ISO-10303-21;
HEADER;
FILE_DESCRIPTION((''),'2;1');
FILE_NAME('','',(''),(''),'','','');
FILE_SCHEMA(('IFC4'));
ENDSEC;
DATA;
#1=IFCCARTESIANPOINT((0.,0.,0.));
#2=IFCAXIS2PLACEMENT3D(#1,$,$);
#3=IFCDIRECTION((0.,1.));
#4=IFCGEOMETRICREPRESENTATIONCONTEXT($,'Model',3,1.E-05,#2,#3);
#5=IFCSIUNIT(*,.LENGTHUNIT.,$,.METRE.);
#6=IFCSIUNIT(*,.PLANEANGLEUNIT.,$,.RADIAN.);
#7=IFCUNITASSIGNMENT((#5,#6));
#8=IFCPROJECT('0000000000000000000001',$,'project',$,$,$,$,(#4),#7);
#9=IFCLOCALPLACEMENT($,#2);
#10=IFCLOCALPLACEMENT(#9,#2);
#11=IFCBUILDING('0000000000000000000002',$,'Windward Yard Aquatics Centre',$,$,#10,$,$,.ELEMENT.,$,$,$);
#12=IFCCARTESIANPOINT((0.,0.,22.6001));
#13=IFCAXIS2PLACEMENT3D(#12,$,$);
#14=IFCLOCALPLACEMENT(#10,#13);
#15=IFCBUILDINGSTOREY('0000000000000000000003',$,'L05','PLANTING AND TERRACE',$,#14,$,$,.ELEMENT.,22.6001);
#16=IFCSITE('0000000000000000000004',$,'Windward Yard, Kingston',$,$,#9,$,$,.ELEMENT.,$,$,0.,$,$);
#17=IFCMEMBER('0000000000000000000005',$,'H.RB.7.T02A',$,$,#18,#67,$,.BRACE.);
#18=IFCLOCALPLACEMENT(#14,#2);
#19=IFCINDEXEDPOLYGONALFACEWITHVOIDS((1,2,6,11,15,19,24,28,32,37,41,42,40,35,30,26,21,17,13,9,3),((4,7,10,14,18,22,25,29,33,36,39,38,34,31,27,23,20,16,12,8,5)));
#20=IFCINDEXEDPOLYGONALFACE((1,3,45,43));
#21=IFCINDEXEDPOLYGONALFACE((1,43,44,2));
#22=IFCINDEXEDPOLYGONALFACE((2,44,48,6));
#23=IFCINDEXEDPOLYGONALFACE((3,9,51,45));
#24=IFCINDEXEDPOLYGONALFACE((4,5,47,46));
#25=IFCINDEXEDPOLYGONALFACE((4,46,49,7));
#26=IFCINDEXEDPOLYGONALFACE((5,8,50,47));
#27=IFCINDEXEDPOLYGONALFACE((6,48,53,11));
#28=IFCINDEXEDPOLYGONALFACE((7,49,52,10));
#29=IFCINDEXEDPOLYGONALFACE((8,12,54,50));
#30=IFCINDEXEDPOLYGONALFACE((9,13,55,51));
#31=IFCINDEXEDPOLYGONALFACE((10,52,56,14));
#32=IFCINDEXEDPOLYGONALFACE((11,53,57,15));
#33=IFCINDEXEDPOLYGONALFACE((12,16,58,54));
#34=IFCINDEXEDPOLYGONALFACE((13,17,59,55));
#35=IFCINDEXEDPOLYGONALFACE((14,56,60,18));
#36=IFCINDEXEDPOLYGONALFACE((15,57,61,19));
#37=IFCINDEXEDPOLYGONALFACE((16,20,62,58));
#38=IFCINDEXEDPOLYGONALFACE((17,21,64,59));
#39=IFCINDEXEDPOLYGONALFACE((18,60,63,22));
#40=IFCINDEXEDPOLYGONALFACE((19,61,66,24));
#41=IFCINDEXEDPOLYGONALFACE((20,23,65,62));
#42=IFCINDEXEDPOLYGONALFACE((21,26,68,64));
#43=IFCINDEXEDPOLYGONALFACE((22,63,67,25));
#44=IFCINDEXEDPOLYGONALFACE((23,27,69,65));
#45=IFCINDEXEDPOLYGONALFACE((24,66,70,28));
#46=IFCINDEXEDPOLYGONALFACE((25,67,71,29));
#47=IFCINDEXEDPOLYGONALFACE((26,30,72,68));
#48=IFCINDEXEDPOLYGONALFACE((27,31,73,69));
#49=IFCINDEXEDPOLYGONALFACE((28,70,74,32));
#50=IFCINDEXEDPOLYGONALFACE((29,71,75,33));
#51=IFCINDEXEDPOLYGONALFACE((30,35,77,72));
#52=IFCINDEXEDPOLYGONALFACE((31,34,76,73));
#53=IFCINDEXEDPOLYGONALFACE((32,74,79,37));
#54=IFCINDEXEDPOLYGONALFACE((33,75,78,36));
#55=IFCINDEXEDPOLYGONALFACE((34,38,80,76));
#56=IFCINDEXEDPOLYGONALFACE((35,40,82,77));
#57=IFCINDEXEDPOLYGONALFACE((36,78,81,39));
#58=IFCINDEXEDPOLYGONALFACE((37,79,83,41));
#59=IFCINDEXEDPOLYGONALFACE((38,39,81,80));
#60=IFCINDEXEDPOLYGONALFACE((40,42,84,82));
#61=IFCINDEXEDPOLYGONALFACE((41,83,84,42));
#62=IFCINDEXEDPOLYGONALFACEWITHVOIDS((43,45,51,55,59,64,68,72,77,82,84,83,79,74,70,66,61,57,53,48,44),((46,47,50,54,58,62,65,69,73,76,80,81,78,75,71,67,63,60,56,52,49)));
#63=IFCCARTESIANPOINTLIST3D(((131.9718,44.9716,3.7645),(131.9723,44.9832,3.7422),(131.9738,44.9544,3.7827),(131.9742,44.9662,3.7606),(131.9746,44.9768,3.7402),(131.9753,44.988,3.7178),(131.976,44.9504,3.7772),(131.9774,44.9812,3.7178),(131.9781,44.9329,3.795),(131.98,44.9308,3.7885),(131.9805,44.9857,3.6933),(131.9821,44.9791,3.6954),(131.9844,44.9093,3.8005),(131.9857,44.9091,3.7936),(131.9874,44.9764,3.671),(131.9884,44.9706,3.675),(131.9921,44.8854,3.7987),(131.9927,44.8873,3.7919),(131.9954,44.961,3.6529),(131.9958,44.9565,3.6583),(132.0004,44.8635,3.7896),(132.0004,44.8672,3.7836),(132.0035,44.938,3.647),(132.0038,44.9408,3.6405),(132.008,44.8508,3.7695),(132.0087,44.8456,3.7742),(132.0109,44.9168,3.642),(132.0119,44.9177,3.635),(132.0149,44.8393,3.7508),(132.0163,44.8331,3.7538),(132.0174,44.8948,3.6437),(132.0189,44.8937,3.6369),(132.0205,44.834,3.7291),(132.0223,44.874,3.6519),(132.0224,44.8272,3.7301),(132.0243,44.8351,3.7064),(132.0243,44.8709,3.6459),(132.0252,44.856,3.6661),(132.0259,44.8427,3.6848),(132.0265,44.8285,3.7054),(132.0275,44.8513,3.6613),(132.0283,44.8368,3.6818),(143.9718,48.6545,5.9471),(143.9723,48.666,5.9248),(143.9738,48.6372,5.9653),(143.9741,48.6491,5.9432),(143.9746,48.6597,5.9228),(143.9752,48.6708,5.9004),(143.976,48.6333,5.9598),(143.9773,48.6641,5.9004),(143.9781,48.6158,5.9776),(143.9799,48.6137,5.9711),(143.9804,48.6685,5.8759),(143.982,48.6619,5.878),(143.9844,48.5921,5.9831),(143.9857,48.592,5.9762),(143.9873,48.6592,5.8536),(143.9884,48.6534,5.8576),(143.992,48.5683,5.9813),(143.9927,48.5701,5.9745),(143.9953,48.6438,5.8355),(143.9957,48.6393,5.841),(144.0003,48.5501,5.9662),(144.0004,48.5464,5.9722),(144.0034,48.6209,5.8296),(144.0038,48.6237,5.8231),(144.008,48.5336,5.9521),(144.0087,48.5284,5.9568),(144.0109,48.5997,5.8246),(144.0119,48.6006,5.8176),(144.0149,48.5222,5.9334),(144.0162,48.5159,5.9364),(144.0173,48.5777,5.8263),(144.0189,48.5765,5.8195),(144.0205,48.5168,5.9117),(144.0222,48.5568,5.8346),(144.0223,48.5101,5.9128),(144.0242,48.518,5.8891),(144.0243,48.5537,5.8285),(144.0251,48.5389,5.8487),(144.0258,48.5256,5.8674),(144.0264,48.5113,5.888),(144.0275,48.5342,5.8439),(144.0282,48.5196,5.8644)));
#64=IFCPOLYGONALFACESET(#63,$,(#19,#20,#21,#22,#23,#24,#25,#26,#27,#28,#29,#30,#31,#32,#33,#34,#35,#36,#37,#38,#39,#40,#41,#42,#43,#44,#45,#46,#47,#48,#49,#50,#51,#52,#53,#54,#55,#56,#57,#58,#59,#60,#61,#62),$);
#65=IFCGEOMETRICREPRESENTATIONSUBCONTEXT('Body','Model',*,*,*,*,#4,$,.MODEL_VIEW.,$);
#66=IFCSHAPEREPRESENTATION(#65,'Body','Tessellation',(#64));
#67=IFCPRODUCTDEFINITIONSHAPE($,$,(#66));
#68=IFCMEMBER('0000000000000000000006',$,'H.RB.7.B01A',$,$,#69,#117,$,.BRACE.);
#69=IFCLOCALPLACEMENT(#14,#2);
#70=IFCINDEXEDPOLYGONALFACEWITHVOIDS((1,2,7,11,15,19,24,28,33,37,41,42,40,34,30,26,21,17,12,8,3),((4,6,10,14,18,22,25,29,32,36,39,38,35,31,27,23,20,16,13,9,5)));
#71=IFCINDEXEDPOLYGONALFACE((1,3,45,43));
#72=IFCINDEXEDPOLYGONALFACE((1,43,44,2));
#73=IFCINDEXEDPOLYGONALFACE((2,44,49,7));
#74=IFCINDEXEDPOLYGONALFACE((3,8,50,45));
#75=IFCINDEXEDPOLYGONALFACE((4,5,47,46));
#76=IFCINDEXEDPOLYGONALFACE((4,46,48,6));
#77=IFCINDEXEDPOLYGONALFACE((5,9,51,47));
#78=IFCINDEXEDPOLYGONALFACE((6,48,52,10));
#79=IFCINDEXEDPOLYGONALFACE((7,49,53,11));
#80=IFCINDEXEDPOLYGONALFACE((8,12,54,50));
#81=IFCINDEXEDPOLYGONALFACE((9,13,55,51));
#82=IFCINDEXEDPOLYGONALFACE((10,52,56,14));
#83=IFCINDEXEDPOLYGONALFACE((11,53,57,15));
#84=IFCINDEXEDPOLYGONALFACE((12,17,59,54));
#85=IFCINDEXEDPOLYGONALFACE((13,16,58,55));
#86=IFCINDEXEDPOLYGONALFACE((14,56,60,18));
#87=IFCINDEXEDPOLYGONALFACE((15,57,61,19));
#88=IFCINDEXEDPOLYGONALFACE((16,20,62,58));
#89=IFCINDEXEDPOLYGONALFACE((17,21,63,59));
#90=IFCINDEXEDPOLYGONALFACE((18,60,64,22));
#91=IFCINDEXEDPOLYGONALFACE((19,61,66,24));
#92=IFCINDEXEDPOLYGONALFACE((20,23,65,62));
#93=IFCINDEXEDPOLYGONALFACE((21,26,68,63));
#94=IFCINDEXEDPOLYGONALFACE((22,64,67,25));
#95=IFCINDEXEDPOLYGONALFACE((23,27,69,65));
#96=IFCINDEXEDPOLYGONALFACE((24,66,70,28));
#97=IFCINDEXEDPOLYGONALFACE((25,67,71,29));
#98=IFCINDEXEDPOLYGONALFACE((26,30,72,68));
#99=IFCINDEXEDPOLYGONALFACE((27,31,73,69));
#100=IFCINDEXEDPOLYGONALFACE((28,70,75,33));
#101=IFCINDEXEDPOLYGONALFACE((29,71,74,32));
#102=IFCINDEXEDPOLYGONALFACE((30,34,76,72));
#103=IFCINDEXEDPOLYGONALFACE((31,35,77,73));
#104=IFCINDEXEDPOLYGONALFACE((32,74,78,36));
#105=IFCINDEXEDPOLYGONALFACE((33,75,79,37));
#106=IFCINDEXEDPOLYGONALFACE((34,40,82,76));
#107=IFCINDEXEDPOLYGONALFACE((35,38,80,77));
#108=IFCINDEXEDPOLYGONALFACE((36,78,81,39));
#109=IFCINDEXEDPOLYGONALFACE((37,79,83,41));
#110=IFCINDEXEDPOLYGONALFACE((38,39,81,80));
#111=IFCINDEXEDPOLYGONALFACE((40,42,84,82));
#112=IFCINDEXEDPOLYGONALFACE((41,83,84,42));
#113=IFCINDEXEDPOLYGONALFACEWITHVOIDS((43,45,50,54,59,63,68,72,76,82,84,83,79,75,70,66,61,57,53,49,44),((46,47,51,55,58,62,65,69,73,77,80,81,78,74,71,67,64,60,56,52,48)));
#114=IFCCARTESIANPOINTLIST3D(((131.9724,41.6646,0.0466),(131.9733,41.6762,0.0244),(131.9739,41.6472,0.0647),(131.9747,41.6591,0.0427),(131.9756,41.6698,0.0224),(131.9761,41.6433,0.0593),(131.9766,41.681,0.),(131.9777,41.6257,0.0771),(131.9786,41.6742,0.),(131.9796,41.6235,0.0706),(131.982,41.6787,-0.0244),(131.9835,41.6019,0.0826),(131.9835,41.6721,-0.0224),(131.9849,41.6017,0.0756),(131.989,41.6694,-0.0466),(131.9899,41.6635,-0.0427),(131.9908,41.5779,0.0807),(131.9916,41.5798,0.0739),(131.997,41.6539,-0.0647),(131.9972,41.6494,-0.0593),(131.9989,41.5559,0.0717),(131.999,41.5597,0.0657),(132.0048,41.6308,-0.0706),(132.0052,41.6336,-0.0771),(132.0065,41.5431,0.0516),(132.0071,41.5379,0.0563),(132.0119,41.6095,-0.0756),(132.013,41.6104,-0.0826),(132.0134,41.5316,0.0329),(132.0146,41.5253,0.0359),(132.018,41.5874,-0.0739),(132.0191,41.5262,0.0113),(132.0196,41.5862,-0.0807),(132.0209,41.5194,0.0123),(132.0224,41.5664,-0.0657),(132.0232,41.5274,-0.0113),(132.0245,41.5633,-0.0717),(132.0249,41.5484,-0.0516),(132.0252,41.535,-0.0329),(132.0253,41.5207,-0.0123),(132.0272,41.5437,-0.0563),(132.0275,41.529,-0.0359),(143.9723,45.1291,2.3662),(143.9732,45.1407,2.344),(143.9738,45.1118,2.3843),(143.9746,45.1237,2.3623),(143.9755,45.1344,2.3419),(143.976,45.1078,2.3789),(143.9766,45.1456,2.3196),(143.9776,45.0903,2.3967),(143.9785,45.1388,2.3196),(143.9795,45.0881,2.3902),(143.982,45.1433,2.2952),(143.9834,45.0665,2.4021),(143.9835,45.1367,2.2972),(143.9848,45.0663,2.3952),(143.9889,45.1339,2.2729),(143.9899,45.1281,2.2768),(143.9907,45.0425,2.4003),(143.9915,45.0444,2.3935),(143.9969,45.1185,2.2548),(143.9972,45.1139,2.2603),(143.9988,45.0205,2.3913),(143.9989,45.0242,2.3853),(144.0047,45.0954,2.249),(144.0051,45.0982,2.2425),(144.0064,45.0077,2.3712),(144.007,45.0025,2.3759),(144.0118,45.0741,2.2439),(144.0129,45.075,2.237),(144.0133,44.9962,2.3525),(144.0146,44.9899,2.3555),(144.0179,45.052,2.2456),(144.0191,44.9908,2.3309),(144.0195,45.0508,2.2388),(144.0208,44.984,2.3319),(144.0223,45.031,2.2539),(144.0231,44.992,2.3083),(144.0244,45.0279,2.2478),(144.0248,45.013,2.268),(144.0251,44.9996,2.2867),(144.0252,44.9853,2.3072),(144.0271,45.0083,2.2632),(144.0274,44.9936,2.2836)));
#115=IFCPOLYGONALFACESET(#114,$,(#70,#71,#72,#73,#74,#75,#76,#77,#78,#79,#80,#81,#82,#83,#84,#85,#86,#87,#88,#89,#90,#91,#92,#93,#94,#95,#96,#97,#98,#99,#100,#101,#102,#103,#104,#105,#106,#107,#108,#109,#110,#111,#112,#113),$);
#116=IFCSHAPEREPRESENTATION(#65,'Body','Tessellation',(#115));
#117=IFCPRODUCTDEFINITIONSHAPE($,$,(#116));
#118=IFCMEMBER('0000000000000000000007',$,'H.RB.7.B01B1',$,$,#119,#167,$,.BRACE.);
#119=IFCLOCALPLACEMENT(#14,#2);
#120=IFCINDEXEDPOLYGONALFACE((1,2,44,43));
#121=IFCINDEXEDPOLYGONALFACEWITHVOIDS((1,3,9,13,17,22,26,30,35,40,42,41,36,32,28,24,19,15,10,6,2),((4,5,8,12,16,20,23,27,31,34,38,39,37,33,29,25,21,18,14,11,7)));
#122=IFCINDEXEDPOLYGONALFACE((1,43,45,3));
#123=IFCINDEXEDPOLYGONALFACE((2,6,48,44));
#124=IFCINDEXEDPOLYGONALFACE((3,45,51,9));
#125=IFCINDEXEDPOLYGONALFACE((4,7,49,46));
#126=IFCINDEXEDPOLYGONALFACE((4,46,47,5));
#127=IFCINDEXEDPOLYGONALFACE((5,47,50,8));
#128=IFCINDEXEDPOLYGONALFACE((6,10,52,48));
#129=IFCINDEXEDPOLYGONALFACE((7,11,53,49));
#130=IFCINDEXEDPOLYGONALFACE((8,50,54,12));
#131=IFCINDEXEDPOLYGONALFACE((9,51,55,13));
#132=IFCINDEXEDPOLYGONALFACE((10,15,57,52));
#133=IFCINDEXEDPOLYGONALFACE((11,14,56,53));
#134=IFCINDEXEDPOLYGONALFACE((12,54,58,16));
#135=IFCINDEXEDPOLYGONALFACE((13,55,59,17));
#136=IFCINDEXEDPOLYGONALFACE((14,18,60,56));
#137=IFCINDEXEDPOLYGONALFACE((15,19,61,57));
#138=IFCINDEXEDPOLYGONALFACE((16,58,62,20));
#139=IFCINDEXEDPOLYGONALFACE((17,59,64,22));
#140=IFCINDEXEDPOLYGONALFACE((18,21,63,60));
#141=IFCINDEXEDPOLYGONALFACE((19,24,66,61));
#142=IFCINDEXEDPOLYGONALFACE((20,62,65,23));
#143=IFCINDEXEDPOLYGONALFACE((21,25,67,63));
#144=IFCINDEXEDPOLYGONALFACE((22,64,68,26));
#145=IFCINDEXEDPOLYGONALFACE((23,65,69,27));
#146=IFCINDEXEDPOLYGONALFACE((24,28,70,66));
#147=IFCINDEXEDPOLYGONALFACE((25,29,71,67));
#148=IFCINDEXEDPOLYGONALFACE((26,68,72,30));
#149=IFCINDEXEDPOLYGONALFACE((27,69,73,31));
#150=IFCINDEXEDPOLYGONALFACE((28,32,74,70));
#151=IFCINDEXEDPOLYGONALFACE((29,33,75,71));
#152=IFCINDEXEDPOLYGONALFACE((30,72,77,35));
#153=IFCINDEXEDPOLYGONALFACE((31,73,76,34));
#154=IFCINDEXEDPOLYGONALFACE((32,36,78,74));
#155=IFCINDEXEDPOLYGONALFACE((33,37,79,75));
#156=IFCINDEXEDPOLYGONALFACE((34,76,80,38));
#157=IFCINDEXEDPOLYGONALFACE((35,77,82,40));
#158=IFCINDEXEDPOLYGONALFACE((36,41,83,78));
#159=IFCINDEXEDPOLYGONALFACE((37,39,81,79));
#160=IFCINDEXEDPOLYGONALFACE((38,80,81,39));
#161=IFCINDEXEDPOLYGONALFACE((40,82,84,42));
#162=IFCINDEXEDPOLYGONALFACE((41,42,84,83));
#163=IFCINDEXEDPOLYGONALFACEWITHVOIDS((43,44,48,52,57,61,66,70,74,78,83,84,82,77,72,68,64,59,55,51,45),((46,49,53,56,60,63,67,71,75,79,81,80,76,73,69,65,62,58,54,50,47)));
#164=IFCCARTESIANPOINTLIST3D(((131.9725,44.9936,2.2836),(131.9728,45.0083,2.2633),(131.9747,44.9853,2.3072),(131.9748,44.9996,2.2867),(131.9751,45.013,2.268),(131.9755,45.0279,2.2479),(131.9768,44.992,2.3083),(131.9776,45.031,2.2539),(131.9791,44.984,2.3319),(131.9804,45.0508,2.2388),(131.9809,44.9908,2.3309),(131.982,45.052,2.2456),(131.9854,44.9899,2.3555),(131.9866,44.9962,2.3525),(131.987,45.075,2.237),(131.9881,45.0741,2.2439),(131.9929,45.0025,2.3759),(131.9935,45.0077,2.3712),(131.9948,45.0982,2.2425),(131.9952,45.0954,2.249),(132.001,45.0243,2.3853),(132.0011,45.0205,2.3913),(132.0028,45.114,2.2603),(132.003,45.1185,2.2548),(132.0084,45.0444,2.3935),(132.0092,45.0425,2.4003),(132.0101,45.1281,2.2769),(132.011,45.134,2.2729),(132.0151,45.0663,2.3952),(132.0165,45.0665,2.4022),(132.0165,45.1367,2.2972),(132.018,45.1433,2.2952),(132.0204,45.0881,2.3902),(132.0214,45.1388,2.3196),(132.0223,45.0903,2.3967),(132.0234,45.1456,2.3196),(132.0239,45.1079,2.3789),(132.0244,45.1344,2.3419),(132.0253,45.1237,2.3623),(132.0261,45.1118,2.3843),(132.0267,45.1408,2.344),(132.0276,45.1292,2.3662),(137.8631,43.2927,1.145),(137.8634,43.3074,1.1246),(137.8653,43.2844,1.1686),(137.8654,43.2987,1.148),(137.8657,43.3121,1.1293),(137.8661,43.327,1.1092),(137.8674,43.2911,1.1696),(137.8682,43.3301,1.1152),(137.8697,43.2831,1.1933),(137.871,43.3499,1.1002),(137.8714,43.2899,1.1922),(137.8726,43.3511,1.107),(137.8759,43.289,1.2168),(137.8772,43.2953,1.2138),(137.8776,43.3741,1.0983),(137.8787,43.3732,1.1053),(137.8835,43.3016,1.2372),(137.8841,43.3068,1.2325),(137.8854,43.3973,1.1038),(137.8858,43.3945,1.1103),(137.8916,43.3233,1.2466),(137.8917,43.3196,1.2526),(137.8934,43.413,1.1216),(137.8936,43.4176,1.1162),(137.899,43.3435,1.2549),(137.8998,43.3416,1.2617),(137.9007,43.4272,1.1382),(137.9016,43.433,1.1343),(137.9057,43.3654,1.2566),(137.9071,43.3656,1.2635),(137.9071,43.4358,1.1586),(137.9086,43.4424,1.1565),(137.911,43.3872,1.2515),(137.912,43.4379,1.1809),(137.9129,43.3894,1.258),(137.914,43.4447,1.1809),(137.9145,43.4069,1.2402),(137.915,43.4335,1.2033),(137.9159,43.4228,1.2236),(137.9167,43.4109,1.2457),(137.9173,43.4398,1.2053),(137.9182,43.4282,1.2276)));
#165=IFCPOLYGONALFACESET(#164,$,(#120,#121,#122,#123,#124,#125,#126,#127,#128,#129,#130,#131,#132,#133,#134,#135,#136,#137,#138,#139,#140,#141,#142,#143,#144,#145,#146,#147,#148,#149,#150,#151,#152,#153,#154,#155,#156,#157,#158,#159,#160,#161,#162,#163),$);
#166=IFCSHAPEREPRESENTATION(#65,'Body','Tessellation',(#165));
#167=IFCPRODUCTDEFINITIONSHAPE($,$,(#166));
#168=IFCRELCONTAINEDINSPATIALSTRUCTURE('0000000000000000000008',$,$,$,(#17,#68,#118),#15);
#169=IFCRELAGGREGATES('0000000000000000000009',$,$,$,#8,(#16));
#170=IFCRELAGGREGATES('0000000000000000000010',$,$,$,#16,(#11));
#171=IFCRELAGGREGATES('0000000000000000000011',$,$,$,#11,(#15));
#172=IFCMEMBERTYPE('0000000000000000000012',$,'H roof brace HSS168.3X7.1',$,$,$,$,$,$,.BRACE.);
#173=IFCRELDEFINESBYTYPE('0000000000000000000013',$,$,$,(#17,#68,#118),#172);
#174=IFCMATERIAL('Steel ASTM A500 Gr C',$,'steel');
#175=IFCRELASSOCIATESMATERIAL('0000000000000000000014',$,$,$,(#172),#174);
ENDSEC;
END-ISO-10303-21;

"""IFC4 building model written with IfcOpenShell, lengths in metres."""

from ifc_helpers import new_model, si_unit, direction, frame, origin, origin_2d, place, context, subcontext, project, spatial, hollow_circle, extrude, material, material_profile, profile_set, type_object, element, save


model = new_model("IFC4")

# Units and contexts
model_context = context("Model", 3, precision=1e-05, world=origin(), true_north=direction((0.0, 1.0)))
body_context = subcontext(model_context, "Body", "Model", "MODEL_VIEW")
ifc_project = project(units=[si_unit("LENGTHUNIT", "METRE"), si_unit("PLANEANGLEUNIT", "RADIAN")], contexts=[model_context])

# Site, building, storey
site_placement = place(None, origin())
site = spatial("IfcSite", under=ifc_project, at=site_placement, Name="Windward Yard, Kingston", CompositionType="ELEMENT", RefElevation=0.0)
building_placement = place(site_placement, origin())
building = spatial("IfcBuilding", under=site, at=building_placement, Name="Windward Yard Aquatics Centre", CompositionType="ELEMENT")
storey_placement = place(building_placement, frame((0.0, 0.0, 22.6001)))
storey = spatial("IfcBuildingStorey", under=building, at=storey_placement, Name="L05", Description="PLANTING AND TERRACE", CompositionType="ELEMENT", Elevation=22.6001)

# Shared definitions
ifc_material_1 = material(Name="Steel ASTM A500 Gr C", Category="steel")

# Members
ifc_material_profile_1 = material_profile(ifc_material_1, hollow_circle(Radius=0.0842, WallThickness=0.0071, at=origin_2d()), Name="HSS168.3X7.1")
ifc_profile_set_1 = profile_set([ifc_material_profile_1], Name="Steel ASTM A500 Gr C")
member_type_1 = type_object("IfcMemberType", Name="H roof brace HSS168.3X7.1", PredefinedType="BRACE", material=ifc_profile_set_1)
member_1_placement = place(storey_placement, frame((132.0, 44.9075, 3.7178), z_axis=(0.941858, 0.289061, 0.17131), x_axis=(-0.293398, 0.95599, 0.0)))
element("IfcMember", 1, at=member_1_placement, inside=storey, type_object=member_type_1, Name="H.RB.7.T02A", PredefinedType="BRACE", context=body_context, shape_type="SweptSolid", body=[
    extrude(hollow_circle(Radius=0.0842, WallThickness=0.0071, at=origin_2d()), origin(), (0.0, 0.0, 1.0), 12.7407),
])
member_2_placement = place(storey_placement, frame((132.0, 41.6001, 0.0), z_axis=(0.944607, 0.272724, 0.182591), x_axis=(-0.277387, 0.960758, 0.0)))
element("IfcMember", 2, at=member_2_placement, inside=storey, type_object=member_type_1, Name="H.RB.7.B01A", PredefinedType="BRACE", context=body_context, shape_type="SweptSolid", body=[
    extrude(hollow_circle(Radius=0.0842, WallThickness=0.0071, at=origin_2d()), origin(), (0.0, 0.0, 1.0), 12.7036),
])
member_3_placement = place(storey_placement, frame((132.0, 45.0647, 2.3196), z_axis=(0.944598, -0.272754, -0.182593), x_axis=(0.277418, 0.960749, 0.0)))
element("IfcMember", 3, at=member_3_placement, inside=storey, type_object=member_type_1, Name="H.RB.7.B01B1", PredefinedType="BRACE", context=body_context, shape_type="SweptSolid", body=[
    extrude(hollow_circle(Radius=0.0842, WallThickness=0.0071, at=origin_2d()), origin(), (0.0, 0.0, 1.0), 6.2361),
])

save(model, "model.ifc")
